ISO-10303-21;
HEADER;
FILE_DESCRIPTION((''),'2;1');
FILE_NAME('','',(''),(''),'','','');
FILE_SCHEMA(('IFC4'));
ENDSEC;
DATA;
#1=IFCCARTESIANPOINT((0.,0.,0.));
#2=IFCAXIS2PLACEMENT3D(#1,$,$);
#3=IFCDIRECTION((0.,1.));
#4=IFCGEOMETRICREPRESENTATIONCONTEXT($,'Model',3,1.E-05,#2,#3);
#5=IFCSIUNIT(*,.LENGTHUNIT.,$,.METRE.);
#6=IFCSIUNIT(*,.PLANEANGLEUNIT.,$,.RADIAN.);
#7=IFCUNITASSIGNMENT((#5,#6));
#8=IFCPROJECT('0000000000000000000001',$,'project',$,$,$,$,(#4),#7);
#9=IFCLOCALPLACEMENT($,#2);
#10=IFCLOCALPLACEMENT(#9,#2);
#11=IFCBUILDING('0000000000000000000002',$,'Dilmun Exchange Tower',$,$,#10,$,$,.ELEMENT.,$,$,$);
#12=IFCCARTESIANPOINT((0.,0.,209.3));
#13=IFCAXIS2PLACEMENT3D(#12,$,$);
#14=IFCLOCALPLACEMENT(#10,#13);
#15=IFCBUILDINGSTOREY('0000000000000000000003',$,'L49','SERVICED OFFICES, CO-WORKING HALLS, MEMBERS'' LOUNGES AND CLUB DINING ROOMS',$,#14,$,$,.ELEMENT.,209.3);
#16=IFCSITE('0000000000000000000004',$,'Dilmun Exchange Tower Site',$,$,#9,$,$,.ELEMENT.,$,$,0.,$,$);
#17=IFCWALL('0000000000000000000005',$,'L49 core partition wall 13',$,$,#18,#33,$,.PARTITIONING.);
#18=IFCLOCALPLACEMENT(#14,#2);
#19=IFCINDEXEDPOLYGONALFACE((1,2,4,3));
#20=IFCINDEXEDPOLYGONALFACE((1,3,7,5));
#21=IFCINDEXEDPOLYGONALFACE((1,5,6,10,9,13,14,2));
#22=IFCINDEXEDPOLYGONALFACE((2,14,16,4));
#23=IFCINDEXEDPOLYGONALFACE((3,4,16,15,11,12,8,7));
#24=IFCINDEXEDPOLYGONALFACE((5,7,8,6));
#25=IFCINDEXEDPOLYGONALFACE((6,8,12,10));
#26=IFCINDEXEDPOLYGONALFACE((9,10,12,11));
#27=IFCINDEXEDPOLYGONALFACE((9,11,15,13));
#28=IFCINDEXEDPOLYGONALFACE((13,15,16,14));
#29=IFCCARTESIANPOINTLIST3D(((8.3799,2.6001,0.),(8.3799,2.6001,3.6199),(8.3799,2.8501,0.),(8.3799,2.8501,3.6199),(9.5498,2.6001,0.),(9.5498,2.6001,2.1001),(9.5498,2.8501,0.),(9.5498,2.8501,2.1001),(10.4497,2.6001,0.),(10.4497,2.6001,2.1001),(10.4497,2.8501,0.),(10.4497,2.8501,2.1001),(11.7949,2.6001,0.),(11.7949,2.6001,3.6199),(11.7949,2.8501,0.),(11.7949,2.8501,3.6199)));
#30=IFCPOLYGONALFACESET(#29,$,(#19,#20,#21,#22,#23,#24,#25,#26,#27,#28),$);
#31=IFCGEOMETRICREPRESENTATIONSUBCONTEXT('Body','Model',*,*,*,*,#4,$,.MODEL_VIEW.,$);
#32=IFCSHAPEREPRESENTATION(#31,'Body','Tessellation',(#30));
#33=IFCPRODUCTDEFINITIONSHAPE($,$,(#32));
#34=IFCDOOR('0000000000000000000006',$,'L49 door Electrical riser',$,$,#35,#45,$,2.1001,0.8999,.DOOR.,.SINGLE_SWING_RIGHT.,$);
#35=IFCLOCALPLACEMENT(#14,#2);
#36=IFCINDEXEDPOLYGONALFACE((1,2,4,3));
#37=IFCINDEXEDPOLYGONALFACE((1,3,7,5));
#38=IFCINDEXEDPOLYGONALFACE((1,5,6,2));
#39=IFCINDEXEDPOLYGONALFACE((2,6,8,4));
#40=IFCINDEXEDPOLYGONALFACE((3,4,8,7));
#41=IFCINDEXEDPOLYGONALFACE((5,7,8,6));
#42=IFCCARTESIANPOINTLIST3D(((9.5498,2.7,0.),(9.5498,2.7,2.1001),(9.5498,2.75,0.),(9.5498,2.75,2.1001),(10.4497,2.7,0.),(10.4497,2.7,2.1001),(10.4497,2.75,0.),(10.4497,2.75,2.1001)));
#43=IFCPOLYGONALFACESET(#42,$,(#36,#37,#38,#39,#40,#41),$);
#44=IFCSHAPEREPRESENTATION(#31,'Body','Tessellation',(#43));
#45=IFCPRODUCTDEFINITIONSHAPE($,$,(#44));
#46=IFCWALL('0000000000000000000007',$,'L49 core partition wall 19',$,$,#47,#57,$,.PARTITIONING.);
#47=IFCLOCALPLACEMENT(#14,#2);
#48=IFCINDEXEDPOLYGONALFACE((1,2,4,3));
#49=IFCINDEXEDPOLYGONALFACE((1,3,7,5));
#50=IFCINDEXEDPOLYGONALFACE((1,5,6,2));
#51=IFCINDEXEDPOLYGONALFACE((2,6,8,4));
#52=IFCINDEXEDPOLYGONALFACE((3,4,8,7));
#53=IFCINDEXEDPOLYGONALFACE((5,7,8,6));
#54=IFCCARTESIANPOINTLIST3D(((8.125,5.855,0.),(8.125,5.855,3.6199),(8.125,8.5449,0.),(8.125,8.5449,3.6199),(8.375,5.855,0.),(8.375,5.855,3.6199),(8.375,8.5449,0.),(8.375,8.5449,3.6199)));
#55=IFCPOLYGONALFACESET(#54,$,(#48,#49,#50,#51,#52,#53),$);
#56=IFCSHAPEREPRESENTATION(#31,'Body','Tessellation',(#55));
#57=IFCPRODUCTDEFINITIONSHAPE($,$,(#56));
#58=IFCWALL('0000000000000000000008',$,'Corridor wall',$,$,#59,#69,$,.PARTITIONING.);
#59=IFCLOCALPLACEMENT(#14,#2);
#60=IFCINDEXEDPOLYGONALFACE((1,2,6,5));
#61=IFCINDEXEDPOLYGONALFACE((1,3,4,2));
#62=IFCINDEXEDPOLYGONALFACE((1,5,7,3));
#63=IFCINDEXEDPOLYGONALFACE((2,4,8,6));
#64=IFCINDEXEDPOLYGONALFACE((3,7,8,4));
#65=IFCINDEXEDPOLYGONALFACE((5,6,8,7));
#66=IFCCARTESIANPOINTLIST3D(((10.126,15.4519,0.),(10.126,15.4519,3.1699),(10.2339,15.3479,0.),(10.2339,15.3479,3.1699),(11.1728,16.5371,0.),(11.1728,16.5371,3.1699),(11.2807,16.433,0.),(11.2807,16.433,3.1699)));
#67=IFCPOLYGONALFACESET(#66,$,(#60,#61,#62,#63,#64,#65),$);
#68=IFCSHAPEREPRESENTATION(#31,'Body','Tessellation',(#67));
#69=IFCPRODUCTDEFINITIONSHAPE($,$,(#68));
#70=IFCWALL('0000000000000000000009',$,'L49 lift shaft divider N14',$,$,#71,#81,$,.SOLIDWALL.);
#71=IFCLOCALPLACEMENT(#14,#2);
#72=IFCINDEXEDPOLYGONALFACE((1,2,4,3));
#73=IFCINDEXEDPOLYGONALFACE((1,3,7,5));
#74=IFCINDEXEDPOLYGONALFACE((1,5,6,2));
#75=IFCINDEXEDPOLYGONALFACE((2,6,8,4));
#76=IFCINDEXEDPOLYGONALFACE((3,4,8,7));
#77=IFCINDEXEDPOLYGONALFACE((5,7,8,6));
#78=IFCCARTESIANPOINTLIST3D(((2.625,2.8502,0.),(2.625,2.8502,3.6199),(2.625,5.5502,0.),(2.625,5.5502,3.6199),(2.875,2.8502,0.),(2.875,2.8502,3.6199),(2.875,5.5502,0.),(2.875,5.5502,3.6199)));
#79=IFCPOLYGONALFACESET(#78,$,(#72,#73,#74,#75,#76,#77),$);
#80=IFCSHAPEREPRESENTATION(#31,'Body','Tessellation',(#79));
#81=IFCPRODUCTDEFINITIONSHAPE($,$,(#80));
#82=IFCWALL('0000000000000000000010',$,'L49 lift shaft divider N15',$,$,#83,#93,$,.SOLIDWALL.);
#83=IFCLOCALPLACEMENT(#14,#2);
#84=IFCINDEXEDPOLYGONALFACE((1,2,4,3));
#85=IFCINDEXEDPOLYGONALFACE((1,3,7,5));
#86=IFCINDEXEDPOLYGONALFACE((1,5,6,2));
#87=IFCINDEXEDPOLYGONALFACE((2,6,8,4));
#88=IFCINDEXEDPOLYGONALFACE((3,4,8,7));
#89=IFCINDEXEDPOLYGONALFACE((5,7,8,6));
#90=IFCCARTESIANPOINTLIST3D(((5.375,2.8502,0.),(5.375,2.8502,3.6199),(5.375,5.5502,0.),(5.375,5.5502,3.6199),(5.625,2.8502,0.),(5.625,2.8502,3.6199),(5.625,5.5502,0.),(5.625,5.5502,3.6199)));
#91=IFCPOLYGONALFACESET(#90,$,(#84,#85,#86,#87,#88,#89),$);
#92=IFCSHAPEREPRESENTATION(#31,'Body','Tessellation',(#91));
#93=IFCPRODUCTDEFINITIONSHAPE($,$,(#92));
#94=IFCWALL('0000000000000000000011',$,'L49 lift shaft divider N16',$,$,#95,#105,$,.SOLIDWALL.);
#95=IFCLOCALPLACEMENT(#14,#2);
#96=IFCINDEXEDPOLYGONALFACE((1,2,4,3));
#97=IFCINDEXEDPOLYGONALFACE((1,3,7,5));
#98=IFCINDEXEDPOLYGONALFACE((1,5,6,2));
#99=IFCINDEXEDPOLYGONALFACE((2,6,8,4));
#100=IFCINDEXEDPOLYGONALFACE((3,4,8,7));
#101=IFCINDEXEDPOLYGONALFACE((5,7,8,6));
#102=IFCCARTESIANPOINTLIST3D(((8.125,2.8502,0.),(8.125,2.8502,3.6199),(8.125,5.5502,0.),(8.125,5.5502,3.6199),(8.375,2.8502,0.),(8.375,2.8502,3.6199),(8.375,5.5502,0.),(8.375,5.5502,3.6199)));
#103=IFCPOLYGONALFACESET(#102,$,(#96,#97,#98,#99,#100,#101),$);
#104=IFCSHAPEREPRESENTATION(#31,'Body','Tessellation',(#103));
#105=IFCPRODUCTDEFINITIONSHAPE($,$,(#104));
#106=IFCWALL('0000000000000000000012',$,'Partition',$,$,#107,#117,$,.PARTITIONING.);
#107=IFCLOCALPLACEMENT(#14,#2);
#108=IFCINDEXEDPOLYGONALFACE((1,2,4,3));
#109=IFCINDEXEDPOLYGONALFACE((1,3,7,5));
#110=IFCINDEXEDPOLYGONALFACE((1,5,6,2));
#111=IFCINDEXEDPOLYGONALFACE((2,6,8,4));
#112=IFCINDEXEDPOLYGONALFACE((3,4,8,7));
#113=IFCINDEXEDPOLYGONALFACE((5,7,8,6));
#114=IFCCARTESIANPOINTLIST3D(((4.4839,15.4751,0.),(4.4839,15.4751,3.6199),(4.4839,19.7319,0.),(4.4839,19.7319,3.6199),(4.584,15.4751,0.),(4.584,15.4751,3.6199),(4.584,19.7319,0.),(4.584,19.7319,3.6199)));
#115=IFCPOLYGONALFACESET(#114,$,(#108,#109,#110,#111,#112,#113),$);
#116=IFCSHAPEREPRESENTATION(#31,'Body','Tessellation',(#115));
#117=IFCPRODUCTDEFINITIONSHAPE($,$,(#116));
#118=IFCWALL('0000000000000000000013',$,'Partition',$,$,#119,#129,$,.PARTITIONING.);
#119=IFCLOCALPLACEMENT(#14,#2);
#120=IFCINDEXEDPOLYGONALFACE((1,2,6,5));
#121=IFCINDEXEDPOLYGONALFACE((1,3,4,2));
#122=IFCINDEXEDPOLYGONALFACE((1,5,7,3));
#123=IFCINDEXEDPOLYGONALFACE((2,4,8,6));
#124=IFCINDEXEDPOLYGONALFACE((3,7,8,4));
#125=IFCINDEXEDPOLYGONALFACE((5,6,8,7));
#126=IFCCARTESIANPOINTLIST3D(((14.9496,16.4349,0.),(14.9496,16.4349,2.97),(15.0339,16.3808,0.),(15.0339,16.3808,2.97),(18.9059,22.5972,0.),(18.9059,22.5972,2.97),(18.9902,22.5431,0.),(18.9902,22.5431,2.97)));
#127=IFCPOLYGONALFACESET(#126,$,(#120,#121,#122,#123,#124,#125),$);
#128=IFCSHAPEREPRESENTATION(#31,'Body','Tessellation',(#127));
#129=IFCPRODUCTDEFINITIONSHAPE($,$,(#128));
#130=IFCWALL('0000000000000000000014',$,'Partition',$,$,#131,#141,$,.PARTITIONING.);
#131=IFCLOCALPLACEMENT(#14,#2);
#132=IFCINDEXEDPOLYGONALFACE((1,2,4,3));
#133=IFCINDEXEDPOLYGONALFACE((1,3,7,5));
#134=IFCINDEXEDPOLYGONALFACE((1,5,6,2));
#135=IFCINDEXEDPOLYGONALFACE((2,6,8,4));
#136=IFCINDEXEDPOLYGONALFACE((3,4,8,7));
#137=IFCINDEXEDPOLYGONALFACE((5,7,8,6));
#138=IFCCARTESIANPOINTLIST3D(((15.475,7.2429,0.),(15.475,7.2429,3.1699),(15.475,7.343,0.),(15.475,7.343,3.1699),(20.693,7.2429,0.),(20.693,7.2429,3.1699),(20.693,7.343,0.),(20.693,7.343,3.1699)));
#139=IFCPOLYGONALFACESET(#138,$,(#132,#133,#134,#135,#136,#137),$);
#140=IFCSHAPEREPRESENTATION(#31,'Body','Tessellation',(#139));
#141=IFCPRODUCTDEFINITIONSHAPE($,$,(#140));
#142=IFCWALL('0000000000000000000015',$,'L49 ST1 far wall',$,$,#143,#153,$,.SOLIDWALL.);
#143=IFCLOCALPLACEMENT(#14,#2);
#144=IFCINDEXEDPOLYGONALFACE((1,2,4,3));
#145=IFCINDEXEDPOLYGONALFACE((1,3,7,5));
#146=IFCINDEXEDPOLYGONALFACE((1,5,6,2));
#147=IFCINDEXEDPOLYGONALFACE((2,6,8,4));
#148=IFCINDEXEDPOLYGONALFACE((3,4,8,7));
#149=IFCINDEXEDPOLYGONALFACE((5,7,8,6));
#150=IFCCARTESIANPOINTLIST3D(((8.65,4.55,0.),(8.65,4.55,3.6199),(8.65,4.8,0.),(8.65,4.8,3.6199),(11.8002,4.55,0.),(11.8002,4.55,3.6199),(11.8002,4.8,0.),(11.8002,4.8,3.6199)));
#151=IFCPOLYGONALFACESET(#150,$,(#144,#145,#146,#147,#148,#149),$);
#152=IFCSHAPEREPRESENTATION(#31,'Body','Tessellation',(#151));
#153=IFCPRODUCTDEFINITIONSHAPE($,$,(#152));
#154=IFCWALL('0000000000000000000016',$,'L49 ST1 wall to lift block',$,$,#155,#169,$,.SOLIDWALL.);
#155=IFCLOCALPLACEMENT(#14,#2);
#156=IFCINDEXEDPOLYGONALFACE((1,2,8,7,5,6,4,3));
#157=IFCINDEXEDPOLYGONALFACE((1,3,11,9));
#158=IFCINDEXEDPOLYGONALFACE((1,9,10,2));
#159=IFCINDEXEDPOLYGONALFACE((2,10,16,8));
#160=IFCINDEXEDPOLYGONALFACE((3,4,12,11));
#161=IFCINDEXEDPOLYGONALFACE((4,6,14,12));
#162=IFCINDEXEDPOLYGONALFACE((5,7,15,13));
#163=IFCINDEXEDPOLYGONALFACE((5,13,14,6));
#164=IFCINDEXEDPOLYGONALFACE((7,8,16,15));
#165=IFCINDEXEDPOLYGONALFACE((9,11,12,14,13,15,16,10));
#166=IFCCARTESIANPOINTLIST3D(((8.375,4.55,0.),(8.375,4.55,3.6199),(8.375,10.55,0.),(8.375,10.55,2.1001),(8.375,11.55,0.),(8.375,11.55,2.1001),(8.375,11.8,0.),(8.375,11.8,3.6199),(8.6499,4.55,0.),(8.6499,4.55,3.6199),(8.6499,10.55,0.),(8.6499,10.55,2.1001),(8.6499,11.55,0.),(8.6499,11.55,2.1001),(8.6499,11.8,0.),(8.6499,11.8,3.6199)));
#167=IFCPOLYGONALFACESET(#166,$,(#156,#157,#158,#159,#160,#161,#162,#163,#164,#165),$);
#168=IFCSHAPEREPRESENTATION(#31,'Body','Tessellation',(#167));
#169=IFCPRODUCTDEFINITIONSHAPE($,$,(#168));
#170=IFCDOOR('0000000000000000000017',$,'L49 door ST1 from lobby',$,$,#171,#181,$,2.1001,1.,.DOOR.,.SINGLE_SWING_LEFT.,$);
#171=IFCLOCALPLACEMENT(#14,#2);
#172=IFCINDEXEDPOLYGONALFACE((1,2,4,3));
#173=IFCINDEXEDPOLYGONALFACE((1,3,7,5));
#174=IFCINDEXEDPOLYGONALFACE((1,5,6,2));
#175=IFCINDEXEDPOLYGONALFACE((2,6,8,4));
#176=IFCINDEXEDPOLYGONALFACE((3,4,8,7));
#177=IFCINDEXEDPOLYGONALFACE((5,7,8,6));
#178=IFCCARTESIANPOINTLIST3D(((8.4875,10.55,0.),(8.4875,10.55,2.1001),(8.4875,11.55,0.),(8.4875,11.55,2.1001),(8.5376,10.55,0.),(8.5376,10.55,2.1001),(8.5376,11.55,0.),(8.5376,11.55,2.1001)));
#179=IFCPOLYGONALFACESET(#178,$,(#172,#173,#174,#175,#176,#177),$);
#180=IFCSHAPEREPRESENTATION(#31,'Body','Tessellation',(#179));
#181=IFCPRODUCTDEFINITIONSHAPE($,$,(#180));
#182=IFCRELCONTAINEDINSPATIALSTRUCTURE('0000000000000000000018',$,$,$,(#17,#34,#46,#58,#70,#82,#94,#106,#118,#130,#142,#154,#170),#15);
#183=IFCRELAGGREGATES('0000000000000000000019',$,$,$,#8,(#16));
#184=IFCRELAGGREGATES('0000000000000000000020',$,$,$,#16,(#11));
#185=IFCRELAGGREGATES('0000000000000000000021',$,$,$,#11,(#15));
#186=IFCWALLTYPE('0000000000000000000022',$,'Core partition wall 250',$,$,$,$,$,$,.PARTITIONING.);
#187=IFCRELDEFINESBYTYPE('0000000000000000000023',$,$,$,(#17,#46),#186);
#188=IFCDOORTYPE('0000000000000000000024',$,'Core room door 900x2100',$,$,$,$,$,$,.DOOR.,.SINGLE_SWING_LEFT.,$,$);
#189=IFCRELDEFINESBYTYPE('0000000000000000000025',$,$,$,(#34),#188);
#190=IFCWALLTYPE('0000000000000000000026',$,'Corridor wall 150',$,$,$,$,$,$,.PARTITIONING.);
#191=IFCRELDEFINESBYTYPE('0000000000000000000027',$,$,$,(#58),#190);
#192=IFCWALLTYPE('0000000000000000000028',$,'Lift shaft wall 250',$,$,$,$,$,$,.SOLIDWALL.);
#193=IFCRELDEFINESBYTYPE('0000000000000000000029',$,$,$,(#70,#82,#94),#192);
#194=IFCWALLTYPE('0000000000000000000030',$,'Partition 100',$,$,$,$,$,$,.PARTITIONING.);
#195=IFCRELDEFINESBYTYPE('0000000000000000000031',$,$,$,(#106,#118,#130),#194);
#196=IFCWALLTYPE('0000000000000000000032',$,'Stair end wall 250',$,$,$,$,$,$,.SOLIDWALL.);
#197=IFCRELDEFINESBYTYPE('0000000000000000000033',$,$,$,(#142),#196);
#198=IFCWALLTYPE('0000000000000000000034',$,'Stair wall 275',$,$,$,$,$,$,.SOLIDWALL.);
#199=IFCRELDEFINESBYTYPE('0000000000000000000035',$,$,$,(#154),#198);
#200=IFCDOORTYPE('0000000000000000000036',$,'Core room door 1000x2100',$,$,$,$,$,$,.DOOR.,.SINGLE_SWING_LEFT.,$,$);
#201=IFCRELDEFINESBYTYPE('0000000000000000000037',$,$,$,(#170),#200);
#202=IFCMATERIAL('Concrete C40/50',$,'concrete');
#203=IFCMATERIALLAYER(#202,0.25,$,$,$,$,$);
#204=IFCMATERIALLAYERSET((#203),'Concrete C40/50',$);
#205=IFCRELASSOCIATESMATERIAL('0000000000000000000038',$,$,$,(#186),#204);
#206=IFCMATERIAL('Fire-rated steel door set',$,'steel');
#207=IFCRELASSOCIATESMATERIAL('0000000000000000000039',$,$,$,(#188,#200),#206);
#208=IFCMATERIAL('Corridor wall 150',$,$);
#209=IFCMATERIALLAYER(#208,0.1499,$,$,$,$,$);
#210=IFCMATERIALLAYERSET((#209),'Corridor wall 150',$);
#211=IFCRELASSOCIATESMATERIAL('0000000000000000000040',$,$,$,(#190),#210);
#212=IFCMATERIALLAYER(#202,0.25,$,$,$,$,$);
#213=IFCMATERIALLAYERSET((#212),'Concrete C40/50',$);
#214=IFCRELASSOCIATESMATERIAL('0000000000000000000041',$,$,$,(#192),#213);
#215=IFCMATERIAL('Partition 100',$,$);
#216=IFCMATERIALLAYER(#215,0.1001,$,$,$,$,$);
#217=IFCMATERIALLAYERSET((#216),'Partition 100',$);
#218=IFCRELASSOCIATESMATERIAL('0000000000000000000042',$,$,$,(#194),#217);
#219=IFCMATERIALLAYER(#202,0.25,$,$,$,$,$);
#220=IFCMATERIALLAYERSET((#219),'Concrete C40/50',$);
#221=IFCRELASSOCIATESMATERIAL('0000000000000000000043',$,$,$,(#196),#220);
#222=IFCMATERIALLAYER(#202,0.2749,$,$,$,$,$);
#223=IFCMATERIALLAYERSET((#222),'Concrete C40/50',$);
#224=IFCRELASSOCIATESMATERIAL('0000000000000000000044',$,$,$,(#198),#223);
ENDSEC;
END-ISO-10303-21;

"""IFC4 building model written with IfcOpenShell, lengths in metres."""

from ifc_helpers import new_model, si_unit, direction, frame, frame_2d, origin, place, context, subcontext, project, spatial, rectangle, extrude, material, layer, layer_set, type_object, element, fill, save


model = new_model("IFC4")

# Units and contexts
model_context = context("Model", 3, precision=1e-05, world=origin(), true_north=direction((0.0, 1.0)))
body_context = subcontext(model_context, "Body", "Model", "MODEL_VIEW")
ifc_project = project(units=[si_unit("LENGTHUNIT", "METRE"), si_unit("PLANEANGLEUNIT", "RADIAN")], contexts=[model_context])

# Site, building, storey
site_placement = place(None, origin())
site = spatial("IfcSite", under=ifc_project, at=site_placement, Name="Dilmun Exchange Tower Site", CompositionType="ELEMENT", RefElevation=0.0)
building_placement = place(site_placement, origin())
building = spatial("IfcBuilding", under=site, at=building_placement, Name="Dilmun Exchange Tower", CompositionType="ELEMENT")
storey_placement = place(building_placement, frame((0.0, 0.0, 209.3)))
storey = spatial("IfcBuildingStorey", under=building, at=storey_placement, Name="L49", Description="SERVICED OFFICES, CO-WORKING HALLS, MEMBERS' LOUNGES AND CLUB DINING ROOMS", CompositionType="ELEMENT", Elevation=209.3)

# Wall, opening, door
ifc_material_1 = material(Name="Concrete C40/50", Category="concrete")
ifc_layer_1 = layer(ifc_material_1, 0.25)
ifc_layer_set_1 = layer_set([ifc_layer_1], Name="Concrete C40/50")
wall_type_1 = type_object("IfcWallType", Name="Core partition wall 250", PredefinedType="PARTITIONING", material=ifc_layer_set_1)
wall_1_placement = place(storey_placement, frame((8.3799, 2.7251, 0.0), z_axis=(0.0, 0.0, 1.0), x_axis=(1.0, 0.0, 0.0)))
wall_1 = element("IfcWall", 1, at=wall_1_placement, inside=storey, type_object=wall_type_1, Name="L49 core partition wall 13", PredefinedType="PARTITIONING", context=body_context, shape_type="SweptSolid", body=[
    extrude(rectangle(XDim=3.415, YDim=0.25, at=frame_2d((1.7075, 0.0))), origin(), (0.0, 0.0, 1.0), 3.6199),
])
opening_1_placement = place(wall_1_placement, frame((1.1699, 0.0, 0.0)))
opening_1 = element("IfcOpeningElement", 2, at=opening_1_placement, cuts=wall_1, PredefinedType="OPENING", context=body_context, shape_type="SweptSolid", body=[
    extrude(rectangle(XDim=0.8999, YDim=2.1001, at=frame_2d((0.45, 1.05))), frame((0.0, 0.135, 0.0), z_axis=(0.0, -1.0, 0.0), x_axis=(1.0, 0.0, 0.0)), (0.0, 0.0, 1.0), 0.27),
])
ifc_material_2 = material(Name="Fire-rated steel door set", Category="steel")
door_type_1 = type_object("IfcDoorType", Name="Core room door 900x2100", OperationType="SINGLE_SWING_LEFT", PredefinedType="DOOR", material=ifc_material_2)
door_1_placement = place(opening_1_placement, origin())
door_1 = element("IfcDoor", 3, at=door_1_placement, inside=storey, type_object=door_type_1, Name="L49 door Electrical riser", OperationType="SINGLE_SWING_RIGHT", OverallHeight=2.1001, OverallWidth=0.8999, PredefinedType="DOOR", context=body_context, shape_type="SweptSolid", body=[
    extrude(rectangle(XDim=0.8999, YDim=2.1001, at=frame_2d((0.45, 1.05))), frame((0.0, 0.0249, 0.0), z_axis=(0.0, -1.0, 0.0), x_axis=(1.0, 0.0, 0.0)), (0.0, 0.0, 1.0), 0.05),
])
fill(opening_1, door_1)

# Walls
wall_2_placement = place(storey_placement, frame((8.25, 5.855, 0.0), z_axis=(0.0, 0.0, 1.0), x_axis=(0.0, 1.0, 0.0)))
element("IfcWall", 4, at=wall_2_placement, inside=storey, type_object=wall_type_1, Name="L49 core partition wall 19", PredefinedType="PARTITIONING", context=body_context, shape_type="SweptSolid", body=[
    extrude(rectangle(XDim=2.6899, YDim=0.25, at=frame_2d((1.345, 0.0))), origin(), (0.0, 0.0, 1.0), 3.6199),
])
ifc_material_3 = material(Name="Corridor wall 150")
ifc_layer_2 = layer(ifc_material_3, 0.1499)
ifc_layer_set_2 = layer_set([ifc_layer_2], Name="Corridor wall 150")
wall_type_2 = type_object("IfcWallType", Name="Corridor wall 150", PredefinedType="PARTITIONING", material=ifc_layer_set_2)
wall_3_placement = place(storey_placement, frame((10.1799, 15.3999, 0.0), z_axis=(0.0, 0.0, 1.0), x_axis=(0.694282, 0.719703, 0.0)))
element("IfcWall", 5, at=wall_3_placement, inside=storey, type_object=wall_type_2, Name="Corridor wall", PredefinedType="PARTITIONING", context=body_context, shape_type="SweptSolid", body=[
    extrude(rectangle(XDim=1.5078, YDim=0.1499, at=frame_2d((0.7539, 0.0))), origin(), (0.0, 0.0, 1.0), 3.1699),
])
ifc_layer_3 = layer(ifc_material_1, 0.25)
ifc_layer_set_3 = layer_set([ifc_layer_3], Name="Concrete C40/50")
wall_type_3 = type_object("IfcWallType", Name="Lift shaft wall 250", PredefinedType="SOLIDWALL", material=ifc_layer_set_3)
for number, where, z_axis, x_axis, name in (
    (6, (2.75, 2.8501, 0.0), (0.0, 0.0, 1.0), (0.0, 1.0, 0.0), "L49 lift shaft divider N14"),
    (7, (5.5, 2.8501, 0.0), (0.0, 0.0, 1.0), (0.0, 1.0, 0.0), "L49 lift shaft divider N15"),
    (8, (8.25, 2.8501, 0.0), (0.0, 0.0, 1.0), (0.0, 1.0, 0.0), "L49 lift shaft divider N16"),
):
    element("IfcWall", number, at=place(storey_placement, frame(where, z_axis=z_axis, x_axis=x_axis)), inside=storey, type_object=wall_type_3, Name=name, PredefinedType="SOLIDWALL", context=body_context, shape_type="SweptSolid", body=[
        extrude(rectangle(XDim=2.7, YDim=0.25, at=frame_2d((1.3501, 0.0))), origin(), (0.0, 0.0, 1.0), 3.6199),
    ])
ifc_material_4 = material(Name="Partition 100")
ifc_layer_4 = layer(ifc_material_4, 0.1001)
ifc_layer_set_4 = layer_set([ifc_layer_4], Name="Partition 100")
wall_type_4 = type_object("IfcWallType", Name="Partition 100", PredefinedType="PARTITIONING", material=ifc_layer_set_4)
wall_4_placement = place(storey_placement, frame((4.5339, 15.4751, 0.0), z_axis=(0.0, 0.0, 1.0), x_axis=(0.0, 1.0, 0.0)))
element("IfcWall", 9, at=wall_4_placement, inside=storey, type_object=wall_type_4, Name="Partition", PredefinedType="PARTITIONING", context=body_context, shape_type="SweptSolid", body=[
    extrude(rectangle(XDim=4.2568, YDim=0.1001, at=frame_2d((2.1284, 0.0))), origin(), (0.0, 0.0, 1.0), 3.6199),
])
wall_5_placement = place(storey_placement, frame((14.9917, 16.4077, 0.0), z_axis=(0.0, 0.0, 1.0), x_axis=(0.540254, 0.841502, 0.0)))
element("IfcWall", 10, at=wall_5_placement, inside=storey, type_object=wall_type_4, Name="Partition", PredefinedType="PARTITIONING", context=body_context, shape_type="SweptSolid", body=[
    extrude(rectangle(XDim=7.323, YDim=0.1001, at=frame_2d((3.6616, 0.0))), origin(), (0.0, 0.0, 1.0), 2.97),
])
wall_6_placement = place(storey_placement, frame((15.4751, 7.293, 0.0), z_axis=(0.0, 0.0, 1.0), x_axis=(1.0, 0.0, 0.0)))
element("IfcWall", 11, at=wall_6_placement, inside=storey, type_object=wall_type_4, Name="Partition", PredefinedType="PARTITIONING", context=body_context, shape_type="SweptSolid", body=[
    extrude(rectangle(XDim=5.218, YDim=0.1001, at=frame_2d((2.6089, 0.0))), origin(), (0.0, 0.0, 1.0), 3.1699),
])
ifc_layer_5 = layer(ifc_material_1, 0.25)
ifc_layer_set_5 = layer_set([ifc_layer_5], Name="Concrete C40/50")
wall_type_5 = type_object("IfcWallType", Name="Stair end wall 250", PredefinedType="SOLIDWALL", material=ifc_layer_set_5)
wall_7_placement = place(storey_placement, frame((8.6499, 4.675, 0.0), z_axis=(0.0, 0.0, 1.0), x_axis=(1.0, 0.0, 0.0)))
element("IfcWall", 12, at=wall_7_placement, inside=storey, type_object=wall_type_5, Name="L49 ST1 far wall", PredefinedType="SOLIDWALL", context=body_context, shape_type="SweptSolid", body=[
    extrude(rectangle(XDim=3.1501, YDim=0.25, at=frame_2d((1.5752, 0.0))), origin(), (0.0, 0.0, 1.0), 3.6199),
])

# Wall, opening, door
ifc_layer_6 = layer(ifc_material_1, 0.2749)
ifc_layer_set_6 = layer_set([ifc_layer_6], Name="Concrete C40/50")
wall_type_6 = type_object("IfcWallType", Name="Stair wall 275", PredefinedType="SOLIDWALL", material=ifc_layer_set_6)
wall_8_placement = place(storey_placement, frame((8.5125, 4.55, 0.0), z_axis=(0.0, 0.0, 1.0), x_axis=(0.0, 1.0, 0.0)))
wall_8 = element("IfcWall", 13, at=wall_8_placement, inside=storey, type_object=wall_type_6, Name="L49 ST1 wall to lift block", PredefinedType="SOLIDWALL", context=body_context, shape_type="SweptSolid", body=[
    extrude(rectangle(XDim=7.25, YDim=0.2749, at=frame_2d((3.625, 0.0))), origin(), (0.0, 0.0, 1.0), 3.6199),
])
opening_2_placement = place(wall_8_placement, frame((6.0, 0.0, 0.0)))
opening_2 = element("IfcOpeningElement", 14, at=opening_2_placement, cuts=wall_8, PredefinedType="OPENING", context=body_context, shape_type="SweptSolid", body=[
    extrude(rectangle(XDim=1.0, YDim=2.1001, at=frame_2d((0.5, 1.05))), frame((0.0, 0.1475, 0.0), z_axis=(0.0, -1.0, 0.0), x_axis=(1.0, 0.0, 0.0)), (0.0, 0.0, 1.0), 0.2949),
])
door_type_2 = type_object("IfcDoorType", Name="Core room door 1000x2100", OperationType="SINGLE_SWING_LEFT", PredefinedType="DOOR", material=ifc_material_2)
door_2_placement = place(opening_2_placement, origin())
door_2 = element("IfcDoor", 15, at=door_2_placement, inside=storey, type_object=door_type_2, Name="L49 door ST1 from lobby", OperationType="SINGLE_SWING_LEFT", OverallHeight=2.1001, OverallWidth=1.0, PredefinedType="DOOR", context=body_context, shape_type="SweptSolid", body=[
    extrude(rectangle(XDim=1.0, YDim=2.1001, at=frame_2d((0.5, 1.05))), frame((0.0, 0.0249, 0.0), z_axis=(0.0, -1.0, 0.0), x_axis=(1.0, 0.0, 0.0)), (0.0, 0.0, 1.0), 0.05),
])
fill(opening_2, door_2)

save(model, "model.ifc")
